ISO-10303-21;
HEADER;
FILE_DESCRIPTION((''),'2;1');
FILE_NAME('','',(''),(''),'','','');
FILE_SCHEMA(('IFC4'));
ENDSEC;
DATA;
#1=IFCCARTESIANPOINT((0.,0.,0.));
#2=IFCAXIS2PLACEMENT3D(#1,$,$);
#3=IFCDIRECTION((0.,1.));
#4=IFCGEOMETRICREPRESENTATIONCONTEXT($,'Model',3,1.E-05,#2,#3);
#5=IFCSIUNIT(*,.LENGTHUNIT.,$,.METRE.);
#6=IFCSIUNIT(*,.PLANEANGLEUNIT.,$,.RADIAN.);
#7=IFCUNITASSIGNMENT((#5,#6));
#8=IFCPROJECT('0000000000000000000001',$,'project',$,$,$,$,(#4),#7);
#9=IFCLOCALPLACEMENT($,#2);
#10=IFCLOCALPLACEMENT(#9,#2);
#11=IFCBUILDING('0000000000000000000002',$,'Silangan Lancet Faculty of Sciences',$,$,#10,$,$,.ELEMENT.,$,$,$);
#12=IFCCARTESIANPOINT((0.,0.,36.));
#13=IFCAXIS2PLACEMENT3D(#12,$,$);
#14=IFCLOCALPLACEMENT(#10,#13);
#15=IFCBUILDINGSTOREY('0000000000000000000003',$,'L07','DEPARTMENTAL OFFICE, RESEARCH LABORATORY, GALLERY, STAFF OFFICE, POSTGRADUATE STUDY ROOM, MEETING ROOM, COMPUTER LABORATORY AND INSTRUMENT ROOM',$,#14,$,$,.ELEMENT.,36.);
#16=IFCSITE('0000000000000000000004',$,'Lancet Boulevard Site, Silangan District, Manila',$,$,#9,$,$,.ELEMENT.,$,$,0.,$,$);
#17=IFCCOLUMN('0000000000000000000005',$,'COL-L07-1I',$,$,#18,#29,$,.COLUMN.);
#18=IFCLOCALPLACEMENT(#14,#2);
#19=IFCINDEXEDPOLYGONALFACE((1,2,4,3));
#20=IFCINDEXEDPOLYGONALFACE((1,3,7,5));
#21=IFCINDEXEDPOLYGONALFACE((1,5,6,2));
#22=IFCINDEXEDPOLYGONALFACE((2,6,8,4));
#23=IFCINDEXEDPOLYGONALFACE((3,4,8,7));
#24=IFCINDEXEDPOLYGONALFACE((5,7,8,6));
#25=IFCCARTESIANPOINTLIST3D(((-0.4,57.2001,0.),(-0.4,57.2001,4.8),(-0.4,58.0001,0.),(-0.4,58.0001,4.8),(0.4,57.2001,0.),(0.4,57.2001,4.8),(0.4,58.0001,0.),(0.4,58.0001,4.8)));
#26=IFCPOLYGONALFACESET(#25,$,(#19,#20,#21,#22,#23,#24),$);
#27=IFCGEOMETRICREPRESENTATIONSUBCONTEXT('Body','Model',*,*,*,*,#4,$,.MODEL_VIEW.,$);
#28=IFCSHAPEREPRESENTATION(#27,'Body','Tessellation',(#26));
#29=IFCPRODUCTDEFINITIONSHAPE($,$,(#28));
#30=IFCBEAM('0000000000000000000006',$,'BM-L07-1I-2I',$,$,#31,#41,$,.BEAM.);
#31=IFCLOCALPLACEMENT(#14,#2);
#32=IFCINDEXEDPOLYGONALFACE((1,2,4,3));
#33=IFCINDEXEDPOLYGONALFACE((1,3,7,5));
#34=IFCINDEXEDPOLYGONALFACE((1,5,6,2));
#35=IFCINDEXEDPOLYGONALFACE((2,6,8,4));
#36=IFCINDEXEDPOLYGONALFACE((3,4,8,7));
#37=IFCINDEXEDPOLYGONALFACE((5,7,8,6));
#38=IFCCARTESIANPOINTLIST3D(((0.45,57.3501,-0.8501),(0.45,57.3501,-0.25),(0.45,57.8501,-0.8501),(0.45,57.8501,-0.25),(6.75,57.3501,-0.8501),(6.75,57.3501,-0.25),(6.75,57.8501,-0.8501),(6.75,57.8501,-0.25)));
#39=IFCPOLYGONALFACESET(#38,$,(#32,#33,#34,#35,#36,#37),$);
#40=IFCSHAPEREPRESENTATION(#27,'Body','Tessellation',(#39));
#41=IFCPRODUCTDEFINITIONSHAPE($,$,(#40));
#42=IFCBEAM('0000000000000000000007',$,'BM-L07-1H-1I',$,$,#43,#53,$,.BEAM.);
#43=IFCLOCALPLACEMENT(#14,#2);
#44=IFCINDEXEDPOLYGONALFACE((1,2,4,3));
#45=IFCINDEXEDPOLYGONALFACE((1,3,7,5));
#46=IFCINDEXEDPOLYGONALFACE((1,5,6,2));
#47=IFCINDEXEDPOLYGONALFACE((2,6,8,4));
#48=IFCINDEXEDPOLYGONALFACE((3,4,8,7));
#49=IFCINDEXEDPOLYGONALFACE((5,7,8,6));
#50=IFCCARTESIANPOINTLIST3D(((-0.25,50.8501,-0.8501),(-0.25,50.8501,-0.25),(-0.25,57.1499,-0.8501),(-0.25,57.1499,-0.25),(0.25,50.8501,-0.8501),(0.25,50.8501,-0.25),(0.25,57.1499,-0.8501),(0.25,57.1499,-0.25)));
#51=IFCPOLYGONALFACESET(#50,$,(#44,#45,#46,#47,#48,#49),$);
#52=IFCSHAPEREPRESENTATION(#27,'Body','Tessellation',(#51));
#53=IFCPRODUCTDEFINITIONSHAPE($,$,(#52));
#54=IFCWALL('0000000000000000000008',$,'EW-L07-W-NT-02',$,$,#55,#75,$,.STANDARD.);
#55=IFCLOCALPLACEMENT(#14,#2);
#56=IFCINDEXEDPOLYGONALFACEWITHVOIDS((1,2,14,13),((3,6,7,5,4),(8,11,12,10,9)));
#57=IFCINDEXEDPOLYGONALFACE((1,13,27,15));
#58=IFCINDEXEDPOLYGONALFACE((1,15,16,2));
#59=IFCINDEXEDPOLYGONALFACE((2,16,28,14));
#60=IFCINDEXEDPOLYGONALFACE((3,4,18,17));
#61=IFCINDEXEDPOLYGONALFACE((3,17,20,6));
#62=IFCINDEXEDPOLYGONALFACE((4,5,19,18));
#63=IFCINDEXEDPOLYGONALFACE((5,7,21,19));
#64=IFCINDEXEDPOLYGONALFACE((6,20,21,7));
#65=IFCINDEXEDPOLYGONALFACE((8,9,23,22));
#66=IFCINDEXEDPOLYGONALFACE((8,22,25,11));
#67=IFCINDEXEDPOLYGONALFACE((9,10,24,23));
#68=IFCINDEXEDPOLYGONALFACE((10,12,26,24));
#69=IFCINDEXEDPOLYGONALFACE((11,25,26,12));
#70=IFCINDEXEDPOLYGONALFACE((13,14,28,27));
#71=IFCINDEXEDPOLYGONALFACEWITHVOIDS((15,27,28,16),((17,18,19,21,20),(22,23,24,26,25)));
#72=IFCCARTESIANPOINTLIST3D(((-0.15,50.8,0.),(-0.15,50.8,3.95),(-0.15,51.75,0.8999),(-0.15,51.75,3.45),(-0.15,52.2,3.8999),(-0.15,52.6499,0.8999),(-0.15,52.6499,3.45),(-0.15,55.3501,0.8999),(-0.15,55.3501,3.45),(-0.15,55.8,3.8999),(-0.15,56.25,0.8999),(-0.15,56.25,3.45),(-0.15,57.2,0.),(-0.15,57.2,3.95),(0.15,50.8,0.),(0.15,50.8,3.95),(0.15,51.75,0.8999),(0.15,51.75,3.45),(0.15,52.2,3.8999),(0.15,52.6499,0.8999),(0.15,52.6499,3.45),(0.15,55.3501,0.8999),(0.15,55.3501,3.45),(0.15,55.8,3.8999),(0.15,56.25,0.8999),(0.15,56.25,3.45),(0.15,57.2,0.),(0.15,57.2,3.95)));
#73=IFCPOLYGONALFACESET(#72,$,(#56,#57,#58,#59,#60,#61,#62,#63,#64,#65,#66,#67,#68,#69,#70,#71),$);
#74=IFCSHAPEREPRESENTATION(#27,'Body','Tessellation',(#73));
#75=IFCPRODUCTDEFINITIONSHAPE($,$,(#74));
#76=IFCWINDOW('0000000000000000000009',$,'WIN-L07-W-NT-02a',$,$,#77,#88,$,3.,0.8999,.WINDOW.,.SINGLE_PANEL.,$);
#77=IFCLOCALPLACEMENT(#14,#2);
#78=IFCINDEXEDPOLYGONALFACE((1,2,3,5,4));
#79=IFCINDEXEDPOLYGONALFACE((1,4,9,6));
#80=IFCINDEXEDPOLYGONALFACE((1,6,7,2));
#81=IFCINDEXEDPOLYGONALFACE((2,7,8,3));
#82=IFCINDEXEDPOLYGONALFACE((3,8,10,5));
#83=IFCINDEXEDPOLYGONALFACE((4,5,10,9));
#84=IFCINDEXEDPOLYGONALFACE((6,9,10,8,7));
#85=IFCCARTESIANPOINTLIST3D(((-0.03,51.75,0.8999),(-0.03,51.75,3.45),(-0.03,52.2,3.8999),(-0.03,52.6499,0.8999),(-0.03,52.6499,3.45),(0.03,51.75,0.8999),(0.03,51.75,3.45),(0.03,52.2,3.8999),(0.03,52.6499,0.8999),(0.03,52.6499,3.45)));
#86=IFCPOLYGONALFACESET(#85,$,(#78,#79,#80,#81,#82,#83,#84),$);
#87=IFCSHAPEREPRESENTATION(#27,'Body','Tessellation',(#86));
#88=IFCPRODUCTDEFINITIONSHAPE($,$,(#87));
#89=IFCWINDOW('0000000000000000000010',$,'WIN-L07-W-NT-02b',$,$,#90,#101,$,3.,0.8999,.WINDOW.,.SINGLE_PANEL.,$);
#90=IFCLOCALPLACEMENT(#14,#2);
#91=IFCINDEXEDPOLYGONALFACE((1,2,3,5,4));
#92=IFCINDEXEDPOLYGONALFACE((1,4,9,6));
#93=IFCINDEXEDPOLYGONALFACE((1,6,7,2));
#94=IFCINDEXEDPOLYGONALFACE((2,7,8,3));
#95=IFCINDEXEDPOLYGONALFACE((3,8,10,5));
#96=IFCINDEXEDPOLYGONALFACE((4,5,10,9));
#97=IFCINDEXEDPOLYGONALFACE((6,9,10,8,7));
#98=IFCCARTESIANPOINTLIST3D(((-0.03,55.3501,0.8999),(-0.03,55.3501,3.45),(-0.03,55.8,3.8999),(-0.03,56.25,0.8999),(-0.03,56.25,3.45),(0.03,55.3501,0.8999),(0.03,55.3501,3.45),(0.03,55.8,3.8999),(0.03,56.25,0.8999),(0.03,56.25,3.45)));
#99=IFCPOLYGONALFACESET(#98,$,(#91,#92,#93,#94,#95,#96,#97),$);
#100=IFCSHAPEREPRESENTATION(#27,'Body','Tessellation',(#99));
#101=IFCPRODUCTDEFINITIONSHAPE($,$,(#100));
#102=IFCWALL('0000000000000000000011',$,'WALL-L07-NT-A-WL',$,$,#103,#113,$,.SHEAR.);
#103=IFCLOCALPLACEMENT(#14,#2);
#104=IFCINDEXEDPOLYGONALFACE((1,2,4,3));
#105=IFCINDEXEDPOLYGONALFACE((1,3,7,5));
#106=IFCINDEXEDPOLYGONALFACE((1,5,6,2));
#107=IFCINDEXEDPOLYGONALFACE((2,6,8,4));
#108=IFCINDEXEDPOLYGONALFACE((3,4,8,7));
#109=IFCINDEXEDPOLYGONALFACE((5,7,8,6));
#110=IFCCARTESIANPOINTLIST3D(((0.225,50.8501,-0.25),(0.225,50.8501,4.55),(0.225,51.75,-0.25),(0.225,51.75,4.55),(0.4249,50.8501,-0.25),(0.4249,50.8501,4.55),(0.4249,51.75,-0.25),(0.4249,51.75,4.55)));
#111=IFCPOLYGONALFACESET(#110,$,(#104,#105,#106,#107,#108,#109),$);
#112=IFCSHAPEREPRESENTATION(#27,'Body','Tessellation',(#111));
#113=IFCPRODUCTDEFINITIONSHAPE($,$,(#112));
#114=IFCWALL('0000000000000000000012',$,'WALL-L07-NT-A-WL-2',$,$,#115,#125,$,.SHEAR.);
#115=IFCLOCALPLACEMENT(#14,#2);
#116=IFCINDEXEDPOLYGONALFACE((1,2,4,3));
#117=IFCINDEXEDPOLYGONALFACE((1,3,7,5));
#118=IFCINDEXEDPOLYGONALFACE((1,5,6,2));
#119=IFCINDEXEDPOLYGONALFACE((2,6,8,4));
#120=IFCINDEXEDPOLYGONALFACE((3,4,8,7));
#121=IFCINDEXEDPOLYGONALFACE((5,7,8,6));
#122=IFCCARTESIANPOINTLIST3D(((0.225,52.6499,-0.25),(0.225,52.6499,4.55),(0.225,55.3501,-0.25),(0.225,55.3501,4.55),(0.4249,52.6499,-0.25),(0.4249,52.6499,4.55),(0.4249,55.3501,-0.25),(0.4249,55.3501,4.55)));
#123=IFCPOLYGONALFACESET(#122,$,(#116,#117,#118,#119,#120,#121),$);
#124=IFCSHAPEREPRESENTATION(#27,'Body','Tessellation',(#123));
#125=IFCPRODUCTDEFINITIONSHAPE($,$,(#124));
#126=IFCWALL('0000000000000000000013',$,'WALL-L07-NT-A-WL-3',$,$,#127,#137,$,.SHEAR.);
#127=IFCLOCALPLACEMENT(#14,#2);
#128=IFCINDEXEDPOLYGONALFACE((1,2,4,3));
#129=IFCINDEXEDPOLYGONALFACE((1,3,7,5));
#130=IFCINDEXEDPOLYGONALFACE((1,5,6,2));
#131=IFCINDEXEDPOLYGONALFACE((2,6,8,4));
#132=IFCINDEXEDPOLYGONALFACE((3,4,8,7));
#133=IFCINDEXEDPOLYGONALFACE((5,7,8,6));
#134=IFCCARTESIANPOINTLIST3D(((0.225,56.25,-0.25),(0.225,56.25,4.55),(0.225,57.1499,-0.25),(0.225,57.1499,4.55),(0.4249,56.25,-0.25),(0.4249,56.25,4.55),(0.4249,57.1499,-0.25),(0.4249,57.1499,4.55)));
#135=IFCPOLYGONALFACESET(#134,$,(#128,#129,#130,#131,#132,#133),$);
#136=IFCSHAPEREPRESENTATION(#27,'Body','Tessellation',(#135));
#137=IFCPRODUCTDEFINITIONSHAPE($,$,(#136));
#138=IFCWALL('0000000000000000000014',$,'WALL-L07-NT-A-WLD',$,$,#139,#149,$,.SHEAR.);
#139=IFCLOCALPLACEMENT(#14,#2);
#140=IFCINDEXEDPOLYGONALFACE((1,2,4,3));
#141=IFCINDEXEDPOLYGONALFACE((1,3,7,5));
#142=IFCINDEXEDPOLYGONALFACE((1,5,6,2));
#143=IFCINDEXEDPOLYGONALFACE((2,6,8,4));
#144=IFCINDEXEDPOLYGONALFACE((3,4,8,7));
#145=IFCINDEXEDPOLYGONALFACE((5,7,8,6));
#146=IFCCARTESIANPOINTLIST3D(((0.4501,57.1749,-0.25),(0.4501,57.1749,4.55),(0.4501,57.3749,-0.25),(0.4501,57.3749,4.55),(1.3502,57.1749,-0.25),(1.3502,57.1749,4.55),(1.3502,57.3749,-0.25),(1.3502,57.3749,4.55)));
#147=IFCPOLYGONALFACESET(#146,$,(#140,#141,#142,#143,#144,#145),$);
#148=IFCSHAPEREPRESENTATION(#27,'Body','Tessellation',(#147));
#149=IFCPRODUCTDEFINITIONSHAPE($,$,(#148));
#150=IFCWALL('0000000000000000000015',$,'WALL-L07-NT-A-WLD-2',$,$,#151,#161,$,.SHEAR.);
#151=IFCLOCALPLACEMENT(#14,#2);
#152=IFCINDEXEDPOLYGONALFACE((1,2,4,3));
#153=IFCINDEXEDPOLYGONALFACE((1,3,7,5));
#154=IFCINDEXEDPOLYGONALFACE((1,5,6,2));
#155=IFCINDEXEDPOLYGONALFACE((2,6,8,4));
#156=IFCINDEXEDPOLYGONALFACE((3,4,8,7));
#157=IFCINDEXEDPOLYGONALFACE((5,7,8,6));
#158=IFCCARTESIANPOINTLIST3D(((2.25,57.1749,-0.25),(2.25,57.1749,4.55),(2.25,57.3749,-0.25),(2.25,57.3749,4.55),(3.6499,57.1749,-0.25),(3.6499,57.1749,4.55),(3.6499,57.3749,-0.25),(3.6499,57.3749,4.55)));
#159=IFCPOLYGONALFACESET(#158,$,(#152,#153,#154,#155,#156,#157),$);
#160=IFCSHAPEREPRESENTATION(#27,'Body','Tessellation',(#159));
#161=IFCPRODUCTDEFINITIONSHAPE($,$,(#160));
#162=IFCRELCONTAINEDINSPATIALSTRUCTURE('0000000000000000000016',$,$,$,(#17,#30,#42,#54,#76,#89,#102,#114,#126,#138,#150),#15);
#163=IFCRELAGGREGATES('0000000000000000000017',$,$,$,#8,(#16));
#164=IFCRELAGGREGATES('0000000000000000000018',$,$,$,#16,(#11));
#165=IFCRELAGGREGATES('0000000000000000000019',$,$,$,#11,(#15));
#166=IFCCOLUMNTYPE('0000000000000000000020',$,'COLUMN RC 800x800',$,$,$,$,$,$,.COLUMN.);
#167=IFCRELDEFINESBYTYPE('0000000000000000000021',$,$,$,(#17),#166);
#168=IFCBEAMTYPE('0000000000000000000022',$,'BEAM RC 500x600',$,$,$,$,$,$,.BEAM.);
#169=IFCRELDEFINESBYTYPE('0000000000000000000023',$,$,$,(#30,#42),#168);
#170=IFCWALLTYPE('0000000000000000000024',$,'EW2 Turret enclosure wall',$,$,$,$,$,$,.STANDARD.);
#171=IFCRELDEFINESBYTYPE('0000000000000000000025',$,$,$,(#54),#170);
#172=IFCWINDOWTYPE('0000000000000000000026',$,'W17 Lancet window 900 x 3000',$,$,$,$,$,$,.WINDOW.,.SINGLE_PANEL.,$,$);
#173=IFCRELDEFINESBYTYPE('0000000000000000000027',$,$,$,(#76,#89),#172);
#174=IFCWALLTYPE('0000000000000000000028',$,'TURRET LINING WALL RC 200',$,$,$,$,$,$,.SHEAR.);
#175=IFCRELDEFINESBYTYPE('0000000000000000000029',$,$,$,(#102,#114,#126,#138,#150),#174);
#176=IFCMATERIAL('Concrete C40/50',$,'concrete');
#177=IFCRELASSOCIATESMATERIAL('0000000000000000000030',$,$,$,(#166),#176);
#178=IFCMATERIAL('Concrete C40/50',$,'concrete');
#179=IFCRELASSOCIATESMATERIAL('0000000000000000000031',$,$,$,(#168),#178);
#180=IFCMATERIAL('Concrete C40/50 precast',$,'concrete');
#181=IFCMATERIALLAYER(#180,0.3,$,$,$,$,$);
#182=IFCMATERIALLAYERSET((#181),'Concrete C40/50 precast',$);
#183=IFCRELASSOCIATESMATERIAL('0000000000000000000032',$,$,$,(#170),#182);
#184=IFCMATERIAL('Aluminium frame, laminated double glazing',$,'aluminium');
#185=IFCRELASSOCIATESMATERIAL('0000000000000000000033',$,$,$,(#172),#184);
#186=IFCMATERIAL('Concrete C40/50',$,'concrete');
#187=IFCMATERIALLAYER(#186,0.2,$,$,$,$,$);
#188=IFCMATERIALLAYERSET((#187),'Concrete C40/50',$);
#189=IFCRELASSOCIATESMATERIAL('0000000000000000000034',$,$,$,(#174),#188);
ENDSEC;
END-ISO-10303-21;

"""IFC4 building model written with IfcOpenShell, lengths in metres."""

from ifc_helpers import new_model, si_unit, direction, frame, frame_2d, origin, origin_2d, place, context, subcontext, project, spatial, polyline, rectangle, outline, extrude, material, layer, layer_set, material_profile, profile_set, type_object, element, fill, save


model = new_model("IFC4")

# Units and contexts
model_context = context("Model", 3, precision=1e-05, world=origin(), true_north=direction((0.0, 1.0)))
body_context = subcontext(model_context, "Body", "Model", "MODEL_VIEW")
ifc_project = project(units=[si_unit("LENGTHUNIT", "METRE"), si_unit("PLANEANGLEUNIT", "RADIAN")], contexts=[model_context])

# Site, building, storey
site_placement = place(None, origin())
site = spatial("IfcSite", under=ifc_project, at=site_placement, Name="Lancet Boulevard Site, Silangan District, Manila", CompositionType="ELEMENT", RefElevation=0.0)
building_placement = place(site_placement, origin())
building = spatial("IfcBuilding", under=site, at=building_placement, Name="Silangan Lancet Faculty of Sciences", CompositionType="ELEMENT")
storey_placement = place(building_placement, frame((0.0, 0.0, 36.0)))
storey = spatial("IfcBuildingStorey", under=building, at=storey_placement, Name="L07", Description="DEPARTMENTAL OFFICE, RESEARCH LABORATORY, GALLERY, STAFF OFFICE, POSTGRADUATE STUDY ROOM, MEETING ROOM, COMPUTER LABORATORY AND INSTRUMENT ROOM", CompositionType="ELEMENT", Elevation=36.0)

# Column
ifc_material_1 = material(Name="Concrete C40/50", Category="concrete")
ifc_material_profile_1 = material_profile(ifc_material_1, rectangle(XDim=0.8, YDim=0.8, at=origin_2d()), Name="RC 800x800")
ifc_profile_set_1 = profile_set([ifc_material_profile_1], Name="Concrete C40/50")
column_type = type_object("IfcColumnType", Name="COLUMN RC 800x800", PredefinedType="COLUMN", material=ifc_profile_set_1)
column_placement = place(storey_placement, frame((0.0, 57.6001, 0.0), z_axis=(0.0, 0.0, 1.0), x_axis=(1.0, 0.0, 0.0)))
element("IfcColumn", 1, at=column_placement, inside=storey, type_object=column_type, Name="COL-L07-1I", PredefinedType="COLUMN", context=body_context, shape_type="SweptSolid", body=[
    extrude(rectangle(XDim=0.8, YDim=0.8, at=origin_2d()), origin(), (0.0, 0.0, 1.0), 4.8),
])

# Beams
ifc_material_2 = material(Name="Concrete C40/50", Category="concrete")
ifc_material_profile_2 = material_profile(ifc_material_2, rectangle(XDim=0.5, YDim=0.6001, at=origin_2d()), Name="RC 500x600")
ifc_profile_set_2 = profile_set([ifc_material_profile_2], Name="Concrete C40/50")
beam_type = type_object("IfcBeamType", Name="BEAM RC 500x600", PredefinedType="BEAM", material=ifc_profile_set_2)
beam_1_placement = place(storey_placement, frame((0.45, 57.6001, -0.55), z_axis=(1.0, 0.0, 0.0), x_axis=(0.0, 1.0, 0.0)))
element("IfcBeam", 2, at=beam_1_placement, inside=storey, type_object=beam_type, Name="BM-L07-1I-2I", PredefinedType="BEAM", context=body_context, shape_type="SweptSolid", body=[
    extrude(rectangle(XDim=0.5, YDim=0.6001, at=origin_2d()), origin(), (0.0, 0.0, 1.0), 6.3),
])
beam_2_placement = place(storey_placement, frame((0.0, 50.8501, -0.55), z_axis=(0.0, 1.0, 0.0), x_axis=(-1.0, 0.0, 0.0)))
element("IfcBeam", 3, at=beam_2_placement, inside=storey, type_object=beam_type, Name="BM-L07-1H-1I", PredefinedType="BEAM", context=body_context, shape_type="SweptSolid", body=[
    extrude(rectangle(XDim=0.5, YDim=0.6001, at=origin_2d()), origin(), (0.0, 0.0, 1.0), 6.2998),
])

# Wall, openings, windows
ifc_material_3 = material(Name="Concrete C40/50 precast", Category="concrete")
ifc_layer_1 = layer(ifc_material_3, 0.3)
ifc_layer_set_1 = layer_set([ifc_layer_1], Name="Concrete C40/50 precast")
wall_type_1 = type_object("IfcWallType", Name="EW2 Turret enclosure wall", PredefinedType="STANDARD", material=ifc_layer_set_1)
wall_1_placement = place(storey_placement, frame((0.0, 50.8, 0.0), z_axis=(0.0, 0.0, 1.0), x_axis=(0.0, 1.0, 0.0)))
wall_1 = element("IfcWall", 4, at=wall_1_placement, inside=storey, type_object=wall_type_1, Name="EW-L07-W-NT-02", PredefinedType="STANDARD", context=body_context, shape_type="SweptSolid", body=[
    extrude(rectangle(XDim=6.3999, YDim=0.3, at=frame_2d((3.2, 0.0))), origin(), (0.0, 0.0, 1.0), 3.95),
])
opening_1_placement = place(wall_1_placement, frame((0.95, 0.0, 0.8999)))
opening_1 = element("IfcOpeningElement", 5, at=opening_1_placement, cuts=wall_1, PredefinedType="OPENING", context=body_context, shape_type="SweptSolid", body=[
    extrude(outline(polyline([(0.0, 0.0), (0.8999, 0.0), (0.8999, 2.55), (0.45, 3.0), (0.0, 2.55), (0.0, 0.0)])), frame((0.0, 0.1599, 0.0), z_axis=(0.0, -1.0, 0.0), x_axis=(1.0, 0.0, 0.0)), (0.0, 0.0, 1.0), 0.3201),
])
opening_2_placement = place(wall_1_placement, frame((4.55, 0.0, 0.8999)))
opening_2 = element("IfcOpeningElement", 6, at=opening_2_placement, cuts=wall_1, PredefinedType="OPENING", context=body_context, shape_type="SweptSolid", body=[
    extrude(outline(polyline([(0.0, 0.0), (0.8999, 0.0), (0.8999, 2.55), (0.45, 3.0), (0.0, 2.55), (0.0, 0.0)])), frame((0.0, 0.1599, 0.0), z_axis=(0.0, -1.0, 0.0), x_axis=(1.0, 0.0, 0.0)), (0.0, 0.0, 1.0), 0.3201),
])
ifc_material_4 = material(Name="Aluminium frame, laminated double glazing", Category="aluminium")
window_type = type_object("IfcWindowType", Name="W17 Lancet window 900 x 3000", PartitioningType="SINGLE_PANEL", PredefinedType="WINDOW", material=ifc_material_4)
window_1_placement = place(opening_1_placement, origin())
window_1 = element("IfcWindow", 7, at=window_1_placement, inside=storey, type_object=window_type, Name="WIN-L07-W-NT-02a", OverallHeight=3.0, OverallWidth=0.8999, PartitioningType="SINGLE_PANEL", PredefinedType="WINDOW", context=body_context, shape_type="SweptSolid", body=[
    extrude(outline(polyline([(0.0, 0.0), (0.8999, 0.0), (0.8999, 2.55), (0.45, 3.0), (0.0, 2.55), (0.0, 0.0)])), frame((0.0, 0.03, 0.0), z_axis=(0.0, -1.0, 0.0), x_axis=(1.0, 0.0, 0.0)), (0.0, 0.0, 1.0), 0.0601),
])
fill(opening_1, window_1)
window_2_placement = place(opening_2_placement, origin())
window_2 = element("IfcWindow", 8, at=window_2_placement, inside=storey, type_object=window_type, Name="WIN-L07-W-NT-02b", OverallHeight=3.0, OverallWidth=0.8999, PartitioningType="SINGLE_PANEL", PredefinedType="WINDOW", context=body_context, shape_type="SweptSolid", body=[
    extrude(outline(polyline([(0.0, 0.0), (0.8999, 0.0), (0.8999, 2.55), (0.45, 3.0), (0.0, 2.55), (0.0, 0.0)])), frame((0.0, 0.03, 0.0), z_axis=(0.0, -1.0, 0.0), x_axis=(1.0, 0.0, 0.0)), (0.0, 0.0, 1.0), 0.0601),
])
fill(opening_2, window_2)

# Walls
ifc_material_5 = material(Name="Concrete C40/50", Category="concrete")
ifc_layer_2 = layer(ifc_material_5, 0.2)
ifc_layer_set_2 = layer_set([ifc_layer_2], Name="Concrete C40/50")
wall_type_2 = type_object("IfcWallType", Name="TURRET LINING WALL RC 200", PredefinedType="SHEAR", material=ifc_layer_set_2)
wall_2_placement = place(storey_placement, frame((0.325, 50.8501, -0.25), z_axis=(0.0, 0.0, 1.0), x_axis=(0.0, 1.0, 0.0)))
element("IfcWall", 9, at=wall_2_placement, inside=storey, type_object=wall_type_2, Name="WALL-L07-NT-A-WL", PredefinedType="SHEAR", context=body_context, shape_type="SweptSolid", body=[
    extrude(rectangle(XDim=0.8999, YDim=0.2, at=frame_2d((0.45, 0.0))), origin(), (0.0, 0.0, 1.0), 4.8),
])
wall_3_placement = place(storey_placement, frame((0.325, 52.6499, -0.25), z_axis=(0.0, 0.0, 1.0), x_axis=(0.0, 1.0, 0.0)))
element("IfcWall", 10, at=wall_3_placement, inside=storey, type_object=wall_type_2, Name="WALL-L07-NT-A-WL-2", PredefinedType="SHEAR", context=body_context, shape_type="SweptSolid", body=[
    extrude(rectangle(XDim=2.7002, YDim=0.2, at=frame_2d((1.3501, 0.0))), origin(), (0.0, 0.0, 1.0), 4.8),
])
wall_4_placement = place(storey_placement, frame((0.325, 56.25, -0.25), z_axis=(0.0, 0.0, 1.0), x_axis=(0.0, 1.0, 0.0)))
element("IfcWall", 11, at=wall_4_placement, inside=storey, type_object=wall_type_2, Name="WALL-L07-NT-A-WL-3", PredefinedType="SHEAR", context=body_context, shape_type="SweptSolid", body=[
    extrude(rectangle(XDim=0.8999, YDim=0.2, at=frame_2d((0.45, 0.0))), origin(), (0.0, 0.0, 1.0), 4.8),
])
wall_5_placement = place(storey_placement, frame((0.45, 57.2749, -0.25), z_axis=(0.0, 0.0, 1.0), x_axis=(1.0, 0.0, 0.0)))
element("IfcWall", 12, at=wall_5_placement, inside=storey, type_object=wall_type_2, Name="WALL-L07-NT-A-WLD", PredefinedType="SHEAR", context=body_context, shape_type="SweptSolid", body=[
    extrude(rectangle(XDim=0.9001, YDim=0.2, at=frame_2d((0.4502, 0.0))), origin(), (0.0, 0.0, 1.0), 4.8),
])
wall_6_placement = place(storey_placement, frame((2.25, 57.2749, -0.25), z_axis=(0.0, 0.0, 1.0), x_axis=(1.0, 0.0, 0.0)))
element("IfcWall", 13, at=wall_6_placement, inside=storey, type_object=wall_type_2, Name="WALL-L07-NT-A-WLD-2", PredefinedType="SHEAR", context=body_context, shape_type="SweptSolid", body=[
    extrude(rectangle(XDim=1.3999, YDim=0.2, at=frame_2d((0.7, 0.0))), origin(), (0.0, 0.0, 1.0), 4.8),
])

save(model, "model.ifc")
